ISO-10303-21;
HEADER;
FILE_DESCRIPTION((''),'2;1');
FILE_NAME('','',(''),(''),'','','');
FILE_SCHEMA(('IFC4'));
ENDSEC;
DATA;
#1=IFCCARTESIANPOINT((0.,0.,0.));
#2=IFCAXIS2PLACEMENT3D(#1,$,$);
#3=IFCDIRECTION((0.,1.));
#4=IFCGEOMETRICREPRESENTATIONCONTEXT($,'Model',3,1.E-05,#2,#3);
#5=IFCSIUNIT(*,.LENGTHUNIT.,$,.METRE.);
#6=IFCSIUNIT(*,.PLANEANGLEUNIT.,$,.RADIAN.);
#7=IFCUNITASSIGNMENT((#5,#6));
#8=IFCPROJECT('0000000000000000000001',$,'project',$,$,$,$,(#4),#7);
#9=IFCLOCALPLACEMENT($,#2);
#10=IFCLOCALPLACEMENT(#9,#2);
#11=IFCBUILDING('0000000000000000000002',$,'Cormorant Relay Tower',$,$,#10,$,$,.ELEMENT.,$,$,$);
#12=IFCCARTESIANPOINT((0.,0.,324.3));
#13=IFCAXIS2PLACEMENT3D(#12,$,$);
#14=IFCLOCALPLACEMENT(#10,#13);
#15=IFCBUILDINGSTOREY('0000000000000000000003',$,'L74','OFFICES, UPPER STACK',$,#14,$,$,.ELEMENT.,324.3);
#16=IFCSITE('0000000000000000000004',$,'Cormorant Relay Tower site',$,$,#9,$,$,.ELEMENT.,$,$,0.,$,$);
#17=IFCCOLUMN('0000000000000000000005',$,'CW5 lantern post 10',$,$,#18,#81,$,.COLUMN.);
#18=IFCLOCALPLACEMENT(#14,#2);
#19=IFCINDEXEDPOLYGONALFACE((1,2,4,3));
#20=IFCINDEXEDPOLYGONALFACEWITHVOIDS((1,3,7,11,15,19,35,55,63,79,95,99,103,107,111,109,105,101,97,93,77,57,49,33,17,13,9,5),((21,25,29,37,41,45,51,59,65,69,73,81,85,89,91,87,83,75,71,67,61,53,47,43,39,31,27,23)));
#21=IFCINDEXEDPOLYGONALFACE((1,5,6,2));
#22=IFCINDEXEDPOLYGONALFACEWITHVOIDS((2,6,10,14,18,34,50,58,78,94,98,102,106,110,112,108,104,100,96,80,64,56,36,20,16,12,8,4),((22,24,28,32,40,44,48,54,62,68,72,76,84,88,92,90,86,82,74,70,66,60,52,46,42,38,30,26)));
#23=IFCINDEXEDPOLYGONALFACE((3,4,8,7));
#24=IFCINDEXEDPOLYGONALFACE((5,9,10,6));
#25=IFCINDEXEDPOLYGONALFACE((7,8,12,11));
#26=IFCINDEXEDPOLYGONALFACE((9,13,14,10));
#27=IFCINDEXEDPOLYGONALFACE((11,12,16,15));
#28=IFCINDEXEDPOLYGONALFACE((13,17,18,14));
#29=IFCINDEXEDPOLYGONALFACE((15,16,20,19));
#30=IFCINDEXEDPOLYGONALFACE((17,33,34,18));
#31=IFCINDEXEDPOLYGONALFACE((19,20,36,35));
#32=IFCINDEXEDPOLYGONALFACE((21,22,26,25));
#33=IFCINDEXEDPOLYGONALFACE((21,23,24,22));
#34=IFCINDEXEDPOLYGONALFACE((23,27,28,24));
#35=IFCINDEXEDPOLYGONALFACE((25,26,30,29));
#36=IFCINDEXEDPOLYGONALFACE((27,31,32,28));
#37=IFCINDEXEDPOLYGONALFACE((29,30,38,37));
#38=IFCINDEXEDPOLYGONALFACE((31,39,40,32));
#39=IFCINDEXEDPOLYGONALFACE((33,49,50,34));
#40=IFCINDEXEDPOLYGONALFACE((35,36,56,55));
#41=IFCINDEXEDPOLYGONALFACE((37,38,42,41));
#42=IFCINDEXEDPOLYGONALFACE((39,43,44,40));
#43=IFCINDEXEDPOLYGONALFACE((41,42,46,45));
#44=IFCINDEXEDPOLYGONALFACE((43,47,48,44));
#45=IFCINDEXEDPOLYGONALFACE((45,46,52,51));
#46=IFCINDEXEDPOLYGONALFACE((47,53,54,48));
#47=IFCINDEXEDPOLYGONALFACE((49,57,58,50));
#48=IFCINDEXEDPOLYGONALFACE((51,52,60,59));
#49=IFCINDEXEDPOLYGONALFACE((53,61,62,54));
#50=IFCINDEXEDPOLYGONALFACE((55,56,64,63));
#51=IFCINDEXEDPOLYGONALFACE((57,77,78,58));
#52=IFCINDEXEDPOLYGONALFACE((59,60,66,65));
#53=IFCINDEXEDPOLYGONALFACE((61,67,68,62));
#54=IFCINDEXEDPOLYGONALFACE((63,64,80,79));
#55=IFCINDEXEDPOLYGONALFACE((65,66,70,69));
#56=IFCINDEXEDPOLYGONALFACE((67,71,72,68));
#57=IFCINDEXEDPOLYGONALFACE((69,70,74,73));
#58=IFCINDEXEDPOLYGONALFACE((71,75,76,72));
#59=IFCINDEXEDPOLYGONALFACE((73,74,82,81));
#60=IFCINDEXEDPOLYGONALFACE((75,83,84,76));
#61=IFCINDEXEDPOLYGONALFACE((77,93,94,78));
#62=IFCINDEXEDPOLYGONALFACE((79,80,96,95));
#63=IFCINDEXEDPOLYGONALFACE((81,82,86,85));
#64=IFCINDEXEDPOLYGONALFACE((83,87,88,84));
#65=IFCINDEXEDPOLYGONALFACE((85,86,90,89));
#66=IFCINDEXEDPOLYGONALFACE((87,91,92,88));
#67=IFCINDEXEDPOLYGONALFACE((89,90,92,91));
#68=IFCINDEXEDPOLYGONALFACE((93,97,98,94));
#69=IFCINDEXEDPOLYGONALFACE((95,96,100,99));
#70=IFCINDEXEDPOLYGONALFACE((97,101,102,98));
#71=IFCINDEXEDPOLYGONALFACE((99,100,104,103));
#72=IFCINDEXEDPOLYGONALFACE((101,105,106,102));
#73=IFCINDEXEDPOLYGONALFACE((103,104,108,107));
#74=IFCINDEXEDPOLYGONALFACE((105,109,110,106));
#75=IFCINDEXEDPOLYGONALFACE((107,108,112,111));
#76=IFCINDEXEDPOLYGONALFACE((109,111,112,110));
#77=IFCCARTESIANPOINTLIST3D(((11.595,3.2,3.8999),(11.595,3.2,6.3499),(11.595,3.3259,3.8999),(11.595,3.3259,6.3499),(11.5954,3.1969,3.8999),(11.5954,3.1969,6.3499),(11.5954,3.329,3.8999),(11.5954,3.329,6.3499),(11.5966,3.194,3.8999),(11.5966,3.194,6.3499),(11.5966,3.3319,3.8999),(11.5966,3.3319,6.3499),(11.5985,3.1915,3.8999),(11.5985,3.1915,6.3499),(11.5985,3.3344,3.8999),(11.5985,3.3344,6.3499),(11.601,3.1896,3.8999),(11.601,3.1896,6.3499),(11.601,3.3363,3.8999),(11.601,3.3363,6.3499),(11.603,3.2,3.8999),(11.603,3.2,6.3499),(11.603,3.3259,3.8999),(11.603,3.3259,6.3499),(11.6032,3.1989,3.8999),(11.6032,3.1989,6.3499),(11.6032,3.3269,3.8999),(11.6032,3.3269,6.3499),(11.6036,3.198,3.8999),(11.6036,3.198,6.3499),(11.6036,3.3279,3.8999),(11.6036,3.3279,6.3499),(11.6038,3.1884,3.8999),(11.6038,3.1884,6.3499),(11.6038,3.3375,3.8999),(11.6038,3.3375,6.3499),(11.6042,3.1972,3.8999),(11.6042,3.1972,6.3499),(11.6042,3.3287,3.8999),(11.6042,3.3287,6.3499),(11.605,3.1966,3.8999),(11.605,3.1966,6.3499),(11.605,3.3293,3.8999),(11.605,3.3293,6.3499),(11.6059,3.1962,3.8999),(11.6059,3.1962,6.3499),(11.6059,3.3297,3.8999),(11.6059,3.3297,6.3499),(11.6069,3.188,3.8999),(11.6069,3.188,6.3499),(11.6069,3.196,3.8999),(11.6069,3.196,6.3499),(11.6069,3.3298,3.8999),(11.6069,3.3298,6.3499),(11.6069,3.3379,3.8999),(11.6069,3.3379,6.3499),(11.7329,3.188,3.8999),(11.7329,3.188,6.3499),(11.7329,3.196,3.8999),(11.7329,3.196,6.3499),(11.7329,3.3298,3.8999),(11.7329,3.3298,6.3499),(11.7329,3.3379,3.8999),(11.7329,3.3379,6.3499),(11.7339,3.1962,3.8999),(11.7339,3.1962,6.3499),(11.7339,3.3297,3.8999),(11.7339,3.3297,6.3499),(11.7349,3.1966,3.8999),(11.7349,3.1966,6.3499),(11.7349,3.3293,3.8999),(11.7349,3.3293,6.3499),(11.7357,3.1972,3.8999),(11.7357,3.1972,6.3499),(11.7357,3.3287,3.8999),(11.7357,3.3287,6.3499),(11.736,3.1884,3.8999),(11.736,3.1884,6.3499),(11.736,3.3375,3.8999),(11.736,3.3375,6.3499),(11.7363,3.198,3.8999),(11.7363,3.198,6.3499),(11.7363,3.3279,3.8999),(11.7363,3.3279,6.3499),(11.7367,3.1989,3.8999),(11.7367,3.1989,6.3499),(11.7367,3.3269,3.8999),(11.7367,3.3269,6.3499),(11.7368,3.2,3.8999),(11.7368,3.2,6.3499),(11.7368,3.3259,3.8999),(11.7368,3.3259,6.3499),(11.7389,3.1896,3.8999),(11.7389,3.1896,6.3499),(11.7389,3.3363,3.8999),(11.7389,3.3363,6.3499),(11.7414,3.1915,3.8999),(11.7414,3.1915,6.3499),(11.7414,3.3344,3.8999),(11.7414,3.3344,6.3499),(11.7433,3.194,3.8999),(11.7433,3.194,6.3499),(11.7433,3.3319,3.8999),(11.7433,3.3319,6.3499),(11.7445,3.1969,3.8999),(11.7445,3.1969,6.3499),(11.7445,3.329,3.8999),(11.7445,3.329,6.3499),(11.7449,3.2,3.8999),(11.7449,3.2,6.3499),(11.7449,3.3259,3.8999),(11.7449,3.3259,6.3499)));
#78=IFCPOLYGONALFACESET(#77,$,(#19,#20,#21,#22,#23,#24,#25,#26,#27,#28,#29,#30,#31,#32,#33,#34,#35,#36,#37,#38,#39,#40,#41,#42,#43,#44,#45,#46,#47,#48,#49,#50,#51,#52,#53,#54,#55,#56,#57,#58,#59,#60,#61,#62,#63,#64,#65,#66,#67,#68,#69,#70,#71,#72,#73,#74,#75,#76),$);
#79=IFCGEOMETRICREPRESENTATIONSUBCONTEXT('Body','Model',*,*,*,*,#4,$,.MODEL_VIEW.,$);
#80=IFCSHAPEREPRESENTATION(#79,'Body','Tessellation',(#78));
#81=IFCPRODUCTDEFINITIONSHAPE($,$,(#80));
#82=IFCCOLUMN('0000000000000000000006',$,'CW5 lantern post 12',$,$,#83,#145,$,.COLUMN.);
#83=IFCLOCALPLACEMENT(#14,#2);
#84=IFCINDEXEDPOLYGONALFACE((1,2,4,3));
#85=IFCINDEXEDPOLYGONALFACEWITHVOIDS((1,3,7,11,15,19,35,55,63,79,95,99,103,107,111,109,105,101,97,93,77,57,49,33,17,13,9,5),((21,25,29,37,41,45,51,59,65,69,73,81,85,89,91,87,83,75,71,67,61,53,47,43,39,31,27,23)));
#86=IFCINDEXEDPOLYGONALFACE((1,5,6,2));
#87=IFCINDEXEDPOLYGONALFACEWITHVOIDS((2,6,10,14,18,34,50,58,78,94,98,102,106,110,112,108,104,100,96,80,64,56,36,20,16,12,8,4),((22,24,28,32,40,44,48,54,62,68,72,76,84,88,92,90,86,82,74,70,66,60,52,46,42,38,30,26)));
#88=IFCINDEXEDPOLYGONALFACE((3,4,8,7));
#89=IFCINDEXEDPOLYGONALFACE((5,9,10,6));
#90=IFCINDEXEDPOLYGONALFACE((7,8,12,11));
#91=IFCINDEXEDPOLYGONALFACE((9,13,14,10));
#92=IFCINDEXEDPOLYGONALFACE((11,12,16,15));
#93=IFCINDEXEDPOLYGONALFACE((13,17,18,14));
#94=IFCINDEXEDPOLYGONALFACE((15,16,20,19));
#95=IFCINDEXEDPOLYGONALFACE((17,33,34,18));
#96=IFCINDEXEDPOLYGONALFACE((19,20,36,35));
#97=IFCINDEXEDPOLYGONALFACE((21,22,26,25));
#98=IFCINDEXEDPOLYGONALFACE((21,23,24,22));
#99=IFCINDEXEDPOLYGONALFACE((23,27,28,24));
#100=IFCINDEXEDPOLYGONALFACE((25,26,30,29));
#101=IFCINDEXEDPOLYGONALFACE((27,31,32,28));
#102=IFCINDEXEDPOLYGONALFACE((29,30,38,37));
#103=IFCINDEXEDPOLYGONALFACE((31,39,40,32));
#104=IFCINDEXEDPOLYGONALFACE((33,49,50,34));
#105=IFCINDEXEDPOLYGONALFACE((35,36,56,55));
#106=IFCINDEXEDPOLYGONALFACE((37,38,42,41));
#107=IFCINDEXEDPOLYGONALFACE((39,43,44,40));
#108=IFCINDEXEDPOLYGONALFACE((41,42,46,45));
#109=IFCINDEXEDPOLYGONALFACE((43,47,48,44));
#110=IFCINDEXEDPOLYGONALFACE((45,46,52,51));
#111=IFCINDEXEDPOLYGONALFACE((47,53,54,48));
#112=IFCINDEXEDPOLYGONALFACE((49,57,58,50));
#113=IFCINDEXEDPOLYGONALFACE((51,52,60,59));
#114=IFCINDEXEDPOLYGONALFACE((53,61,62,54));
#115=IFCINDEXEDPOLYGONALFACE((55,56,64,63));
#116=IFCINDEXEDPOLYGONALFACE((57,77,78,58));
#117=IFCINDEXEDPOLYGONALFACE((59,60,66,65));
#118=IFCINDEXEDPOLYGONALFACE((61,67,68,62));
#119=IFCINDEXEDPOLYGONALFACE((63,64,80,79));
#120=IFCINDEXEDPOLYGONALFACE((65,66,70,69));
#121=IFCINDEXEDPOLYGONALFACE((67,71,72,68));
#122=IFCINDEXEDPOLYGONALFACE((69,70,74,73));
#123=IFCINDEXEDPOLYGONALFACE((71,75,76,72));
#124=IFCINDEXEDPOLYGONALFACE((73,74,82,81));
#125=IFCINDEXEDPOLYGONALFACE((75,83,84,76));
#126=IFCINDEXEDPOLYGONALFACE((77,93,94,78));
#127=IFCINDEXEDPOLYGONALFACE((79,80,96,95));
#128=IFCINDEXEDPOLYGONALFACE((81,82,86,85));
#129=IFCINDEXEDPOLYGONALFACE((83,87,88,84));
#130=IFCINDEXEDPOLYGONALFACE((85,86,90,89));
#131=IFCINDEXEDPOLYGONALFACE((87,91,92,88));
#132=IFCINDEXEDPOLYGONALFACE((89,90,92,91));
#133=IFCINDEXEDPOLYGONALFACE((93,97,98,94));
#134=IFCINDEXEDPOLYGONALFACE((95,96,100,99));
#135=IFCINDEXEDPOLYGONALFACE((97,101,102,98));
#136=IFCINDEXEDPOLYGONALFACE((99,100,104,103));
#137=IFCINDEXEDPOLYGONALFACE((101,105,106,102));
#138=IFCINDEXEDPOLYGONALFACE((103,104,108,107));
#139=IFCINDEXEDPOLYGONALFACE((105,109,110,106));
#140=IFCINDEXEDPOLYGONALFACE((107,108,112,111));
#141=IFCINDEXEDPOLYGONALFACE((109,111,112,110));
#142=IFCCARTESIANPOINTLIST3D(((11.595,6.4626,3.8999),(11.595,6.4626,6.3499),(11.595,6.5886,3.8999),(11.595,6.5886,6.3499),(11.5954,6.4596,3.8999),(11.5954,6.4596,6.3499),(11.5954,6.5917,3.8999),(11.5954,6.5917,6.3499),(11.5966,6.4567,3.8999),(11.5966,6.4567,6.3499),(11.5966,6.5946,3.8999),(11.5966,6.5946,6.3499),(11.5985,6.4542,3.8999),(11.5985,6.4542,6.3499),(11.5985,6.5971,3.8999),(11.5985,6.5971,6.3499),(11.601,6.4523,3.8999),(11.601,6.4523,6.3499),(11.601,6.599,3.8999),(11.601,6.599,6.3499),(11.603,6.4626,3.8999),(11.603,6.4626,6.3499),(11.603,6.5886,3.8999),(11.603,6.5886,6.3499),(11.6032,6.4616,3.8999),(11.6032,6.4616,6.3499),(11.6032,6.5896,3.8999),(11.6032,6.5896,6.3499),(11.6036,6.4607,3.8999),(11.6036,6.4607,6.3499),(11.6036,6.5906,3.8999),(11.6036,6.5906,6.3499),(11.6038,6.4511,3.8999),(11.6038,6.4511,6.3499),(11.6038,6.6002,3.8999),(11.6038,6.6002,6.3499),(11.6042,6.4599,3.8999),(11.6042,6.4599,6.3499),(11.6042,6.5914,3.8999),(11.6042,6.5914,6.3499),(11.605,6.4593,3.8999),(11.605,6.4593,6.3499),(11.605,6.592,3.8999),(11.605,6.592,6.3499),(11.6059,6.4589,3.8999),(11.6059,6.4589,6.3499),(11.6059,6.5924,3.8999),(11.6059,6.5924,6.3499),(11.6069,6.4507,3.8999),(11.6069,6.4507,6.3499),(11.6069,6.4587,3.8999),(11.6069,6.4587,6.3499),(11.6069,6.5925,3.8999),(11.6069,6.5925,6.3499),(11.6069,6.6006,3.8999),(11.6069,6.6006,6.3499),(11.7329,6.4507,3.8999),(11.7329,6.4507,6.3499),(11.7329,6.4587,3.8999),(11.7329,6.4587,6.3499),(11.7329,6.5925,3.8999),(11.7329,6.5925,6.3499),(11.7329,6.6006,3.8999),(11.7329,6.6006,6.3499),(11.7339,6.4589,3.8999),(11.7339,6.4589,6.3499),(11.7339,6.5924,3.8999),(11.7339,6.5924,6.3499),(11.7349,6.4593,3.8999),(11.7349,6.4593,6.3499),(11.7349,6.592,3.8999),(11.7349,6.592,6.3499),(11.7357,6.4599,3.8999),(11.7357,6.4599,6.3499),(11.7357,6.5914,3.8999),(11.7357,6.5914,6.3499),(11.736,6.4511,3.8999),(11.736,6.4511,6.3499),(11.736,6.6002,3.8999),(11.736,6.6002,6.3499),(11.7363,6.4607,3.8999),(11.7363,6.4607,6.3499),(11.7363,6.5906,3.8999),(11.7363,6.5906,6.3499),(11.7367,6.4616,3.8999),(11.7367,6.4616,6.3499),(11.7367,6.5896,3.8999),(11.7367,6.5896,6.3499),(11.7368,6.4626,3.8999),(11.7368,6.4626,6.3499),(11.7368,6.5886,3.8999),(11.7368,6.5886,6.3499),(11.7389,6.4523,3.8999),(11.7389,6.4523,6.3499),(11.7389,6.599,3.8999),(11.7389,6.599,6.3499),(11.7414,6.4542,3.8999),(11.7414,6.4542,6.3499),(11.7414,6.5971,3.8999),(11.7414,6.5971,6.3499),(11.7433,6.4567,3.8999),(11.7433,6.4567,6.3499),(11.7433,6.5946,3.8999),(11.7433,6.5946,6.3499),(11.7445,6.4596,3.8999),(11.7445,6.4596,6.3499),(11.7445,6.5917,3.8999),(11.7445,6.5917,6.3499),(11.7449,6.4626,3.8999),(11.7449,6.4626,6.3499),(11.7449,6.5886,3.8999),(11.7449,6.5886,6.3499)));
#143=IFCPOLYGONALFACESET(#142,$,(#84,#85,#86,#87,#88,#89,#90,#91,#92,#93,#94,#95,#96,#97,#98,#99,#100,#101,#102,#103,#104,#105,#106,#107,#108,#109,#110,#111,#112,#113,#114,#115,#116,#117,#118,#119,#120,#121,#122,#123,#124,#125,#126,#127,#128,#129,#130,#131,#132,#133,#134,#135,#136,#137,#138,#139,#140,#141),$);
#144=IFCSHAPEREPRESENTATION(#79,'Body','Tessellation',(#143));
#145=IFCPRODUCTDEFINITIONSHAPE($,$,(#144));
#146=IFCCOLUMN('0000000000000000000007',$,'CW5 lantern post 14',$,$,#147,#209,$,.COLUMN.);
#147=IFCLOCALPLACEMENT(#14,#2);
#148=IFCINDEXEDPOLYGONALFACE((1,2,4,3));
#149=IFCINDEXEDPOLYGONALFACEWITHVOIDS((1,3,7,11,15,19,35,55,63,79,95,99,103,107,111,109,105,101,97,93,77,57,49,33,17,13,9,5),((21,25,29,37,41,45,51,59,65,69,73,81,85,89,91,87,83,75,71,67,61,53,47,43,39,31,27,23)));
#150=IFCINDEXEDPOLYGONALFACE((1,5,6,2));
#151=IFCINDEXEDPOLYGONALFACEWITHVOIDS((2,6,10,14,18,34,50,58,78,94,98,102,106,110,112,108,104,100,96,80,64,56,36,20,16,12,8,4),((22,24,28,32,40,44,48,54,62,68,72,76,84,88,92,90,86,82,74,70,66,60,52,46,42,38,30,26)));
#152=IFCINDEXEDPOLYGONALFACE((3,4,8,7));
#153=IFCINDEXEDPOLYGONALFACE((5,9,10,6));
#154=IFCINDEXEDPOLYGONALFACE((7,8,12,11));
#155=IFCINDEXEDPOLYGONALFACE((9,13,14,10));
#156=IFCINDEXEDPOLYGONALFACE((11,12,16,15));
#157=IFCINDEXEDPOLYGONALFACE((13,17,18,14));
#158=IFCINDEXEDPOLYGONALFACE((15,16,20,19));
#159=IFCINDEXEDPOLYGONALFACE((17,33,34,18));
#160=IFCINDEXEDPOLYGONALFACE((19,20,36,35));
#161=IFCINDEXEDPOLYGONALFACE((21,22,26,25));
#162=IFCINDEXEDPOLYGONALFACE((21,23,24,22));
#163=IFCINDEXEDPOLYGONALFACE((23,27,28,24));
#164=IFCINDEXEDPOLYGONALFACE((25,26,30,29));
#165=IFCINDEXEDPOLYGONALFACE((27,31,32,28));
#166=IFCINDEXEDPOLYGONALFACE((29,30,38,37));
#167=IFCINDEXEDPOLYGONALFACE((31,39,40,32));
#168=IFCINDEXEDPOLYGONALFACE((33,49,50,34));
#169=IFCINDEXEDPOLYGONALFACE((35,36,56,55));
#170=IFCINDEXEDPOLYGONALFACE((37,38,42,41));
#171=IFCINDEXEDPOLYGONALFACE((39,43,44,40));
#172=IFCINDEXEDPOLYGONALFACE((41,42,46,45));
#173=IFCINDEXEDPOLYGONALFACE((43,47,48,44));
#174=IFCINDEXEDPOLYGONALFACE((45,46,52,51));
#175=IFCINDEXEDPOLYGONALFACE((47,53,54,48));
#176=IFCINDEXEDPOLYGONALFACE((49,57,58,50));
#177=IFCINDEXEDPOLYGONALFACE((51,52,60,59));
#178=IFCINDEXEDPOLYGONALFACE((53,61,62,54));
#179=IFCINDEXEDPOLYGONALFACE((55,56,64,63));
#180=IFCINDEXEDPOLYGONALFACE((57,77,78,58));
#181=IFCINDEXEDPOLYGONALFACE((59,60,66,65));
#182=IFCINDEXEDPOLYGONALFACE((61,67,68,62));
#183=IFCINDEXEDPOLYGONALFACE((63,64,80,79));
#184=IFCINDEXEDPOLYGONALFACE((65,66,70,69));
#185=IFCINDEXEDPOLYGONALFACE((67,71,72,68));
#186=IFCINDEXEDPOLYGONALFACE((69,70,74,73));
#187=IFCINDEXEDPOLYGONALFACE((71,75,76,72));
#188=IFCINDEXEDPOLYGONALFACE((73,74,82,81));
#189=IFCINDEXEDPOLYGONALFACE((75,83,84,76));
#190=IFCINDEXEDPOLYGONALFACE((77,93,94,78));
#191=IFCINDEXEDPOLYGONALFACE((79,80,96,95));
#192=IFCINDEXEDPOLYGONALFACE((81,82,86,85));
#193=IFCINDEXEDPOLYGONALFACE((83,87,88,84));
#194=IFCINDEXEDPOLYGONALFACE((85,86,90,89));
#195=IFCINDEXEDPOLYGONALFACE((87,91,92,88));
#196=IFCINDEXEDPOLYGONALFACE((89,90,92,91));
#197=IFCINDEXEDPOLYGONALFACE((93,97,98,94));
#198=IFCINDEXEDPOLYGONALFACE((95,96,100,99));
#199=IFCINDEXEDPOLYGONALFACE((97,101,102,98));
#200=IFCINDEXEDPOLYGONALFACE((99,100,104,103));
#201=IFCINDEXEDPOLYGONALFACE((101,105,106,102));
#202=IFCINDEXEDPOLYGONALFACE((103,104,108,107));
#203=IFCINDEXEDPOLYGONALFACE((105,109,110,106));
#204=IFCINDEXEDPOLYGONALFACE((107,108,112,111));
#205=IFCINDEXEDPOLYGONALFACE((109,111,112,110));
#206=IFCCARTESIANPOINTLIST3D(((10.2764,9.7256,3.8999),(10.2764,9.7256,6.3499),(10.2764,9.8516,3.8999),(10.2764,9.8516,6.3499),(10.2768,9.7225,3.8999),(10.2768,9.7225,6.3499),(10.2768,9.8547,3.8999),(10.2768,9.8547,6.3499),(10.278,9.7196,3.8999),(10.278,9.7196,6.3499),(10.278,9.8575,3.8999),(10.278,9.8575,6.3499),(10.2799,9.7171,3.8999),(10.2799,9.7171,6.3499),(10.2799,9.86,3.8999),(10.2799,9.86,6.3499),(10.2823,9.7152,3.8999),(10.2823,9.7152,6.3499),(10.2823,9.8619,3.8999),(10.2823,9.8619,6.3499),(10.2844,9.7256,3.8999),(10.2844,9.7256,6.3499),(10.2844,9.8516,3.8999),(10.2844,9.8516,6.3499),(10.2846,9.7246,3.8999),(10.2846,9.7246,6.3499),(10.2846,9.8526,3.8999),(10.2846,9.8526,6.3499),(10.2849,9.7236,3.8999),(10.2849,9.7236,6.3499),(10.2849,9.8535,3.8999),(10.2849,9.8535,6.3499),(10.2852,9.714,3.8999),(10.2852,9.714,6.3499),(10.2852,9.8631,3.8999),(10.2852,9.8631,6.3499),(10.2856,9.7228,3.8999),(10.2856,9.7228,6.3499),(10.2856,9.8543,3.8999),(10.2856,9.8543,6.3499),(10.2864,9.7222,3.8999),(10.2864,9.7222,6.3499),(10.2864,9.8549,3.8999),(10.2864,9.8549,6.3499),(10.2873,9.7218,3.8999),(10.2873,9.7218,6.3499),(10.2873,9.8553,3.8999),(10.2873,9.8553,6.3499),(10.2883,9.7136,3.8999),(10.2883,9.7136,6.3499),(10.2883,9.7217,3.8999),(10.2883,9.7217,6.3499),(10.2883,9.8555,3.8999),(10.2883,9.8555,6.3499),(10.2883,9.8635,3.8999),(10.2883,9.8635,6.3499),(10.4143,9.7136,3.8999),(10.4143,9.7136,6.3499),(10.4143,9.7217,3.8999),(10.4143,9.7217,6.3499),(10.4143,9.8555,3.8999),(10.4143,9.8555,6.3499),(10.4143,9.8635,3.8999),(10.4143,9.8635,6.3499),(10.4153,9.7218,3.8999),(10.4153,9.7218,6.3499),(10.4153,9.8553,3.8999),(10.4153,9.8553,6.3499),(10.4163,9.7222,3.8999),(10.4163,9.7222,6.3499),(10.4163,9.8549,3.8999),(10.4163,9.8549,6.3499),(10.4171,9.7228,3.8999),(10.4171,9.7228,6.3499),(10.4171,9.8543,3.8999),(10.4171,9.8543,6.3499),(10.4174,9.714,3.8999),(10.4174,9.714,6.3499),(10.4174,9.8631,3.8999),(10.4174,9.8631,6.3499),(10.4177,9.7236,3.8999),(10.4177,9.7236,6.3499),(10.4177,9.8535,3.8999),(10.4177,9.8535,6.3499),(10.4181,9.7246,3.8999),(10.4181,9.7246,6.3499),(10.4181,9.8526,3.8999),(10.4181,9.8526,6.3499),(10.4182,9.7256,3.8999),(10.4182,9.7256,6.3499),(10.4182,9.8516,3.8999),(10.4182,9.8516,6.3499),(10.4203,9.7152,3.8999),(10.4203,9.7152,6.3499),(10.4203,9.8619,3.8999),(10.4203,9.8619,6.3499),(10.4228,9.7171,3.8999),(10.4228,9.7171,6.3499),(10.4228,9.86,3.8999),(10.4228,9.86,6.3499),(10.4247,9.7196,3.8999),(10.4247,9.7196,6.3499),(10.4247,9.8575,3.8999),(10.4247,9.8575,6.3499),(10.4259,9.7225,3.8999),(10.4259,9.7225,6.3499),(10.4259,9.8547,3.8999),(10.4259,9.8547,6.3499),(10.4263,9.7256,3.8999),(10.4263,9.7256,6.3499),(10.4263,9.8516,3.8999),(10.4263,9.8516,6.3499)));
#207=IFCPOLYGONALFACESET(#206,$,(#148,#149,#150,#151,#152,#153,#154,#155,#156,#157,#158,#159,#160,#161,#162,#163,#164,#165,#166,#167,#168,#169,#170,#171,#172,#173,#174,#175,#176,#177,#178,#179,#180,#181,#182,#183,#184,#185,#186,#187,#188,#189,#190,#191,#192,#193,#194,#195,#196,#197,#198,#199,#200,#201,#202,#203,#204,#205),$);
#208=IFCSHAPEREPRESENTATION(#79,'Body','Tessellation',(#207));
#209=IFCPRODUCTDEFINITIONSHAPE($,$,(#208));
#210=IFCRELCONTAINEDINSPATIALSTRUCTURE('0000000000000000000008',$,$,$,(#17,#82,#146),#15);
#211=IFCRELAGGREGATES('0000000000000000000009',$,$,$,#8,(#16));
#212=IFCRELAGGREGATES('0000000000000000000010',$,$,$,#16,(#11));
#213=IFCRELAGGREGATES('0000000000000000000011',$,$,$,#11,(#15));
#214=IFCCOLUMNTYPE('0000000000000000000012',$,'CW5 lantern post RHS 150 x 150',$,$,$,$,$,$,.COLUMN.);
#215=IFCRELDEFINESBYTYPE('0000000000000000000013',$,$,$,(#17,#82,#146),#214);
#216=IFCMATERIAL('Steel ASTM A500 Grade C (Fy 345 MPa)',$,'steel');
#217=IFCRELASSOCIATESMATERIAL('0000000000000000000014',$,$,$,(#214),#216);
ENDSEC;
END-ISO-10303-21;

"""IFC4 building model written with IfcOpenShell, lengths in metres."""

from ifc_helpers import new_model, si_unit, direction, frame, origin, origin_2d, place, context, subcontext, project, spatial, hollow_rectangle, extrude, material, material_profile, profile_set, type_object, element, save


model = new_model("IFC4")

# Units and contexts
model_context = context("Model", 3, precision=1e-05, world=origin(), true_north=direction((0.0, 1.0)))
body_context = subcontext(model_context, "Body", "Model", "MODEL_VIEW")
ifc_project = project(units=[si_unit("LENGTHUNIT", "METRE"), si_unit("PLANEANGLEUNIT", "RADIAN")], contexts=[model_context])

# Site, building, storey
site_placement = place(None, origin())
site = spatial("IfcSite", under=ifc_project, at=site_placement, Name="Cormorant Relay Tower site", CompositionType="ELEMENT", RefElevation=0.0)
building_placement = place(site_placement, origin())
building = spatial("IfcBuilding", under=site, at=building_placement, Name="Cormorant Relay Tower", CompositionType="ELEMENT")
storey_placement = place(building_placement, frame((0.0, 0.0, 324.3)))
storey = spatial("IfcBuildingStorey", under=building, at=storey_placement, Name="L74", Description="OFFICES, UPPER STACK", CompositionType="ELEMENT", Elevation=324.3)

# Columns
ifc_material_1 = material(Name="Steel ASTM A500 Grade C (Fy 345 MPa)", Category="steel")
ifc_material_profile_1 = material_profile(ifc_material_1, hollow_rectangle(XDim=0.1499, YDim=0.1499, WallThickness=0.0081, InnerFilletRadius=0.0039, OuterFilletRadius=0.012, at=origin_2d()), Name="RHS150x150x8")
ifc_profile_set_1 = profile_set([ifc_material_profile_1], Name="Steel ASTM A500 Grade C (Fy 345 MPa)")
column_type_1 = type_object("IfcColumnType", Name="CW5 lantern post RHS 150 x 150", PredefinedType="COLUMN", material=ifc_profile_set_1)
for number, where, z_axis, x_axis, name in (
    (1, (11.6699, 3.2629, 3.8999), (0.0, 0.0, 1.0), (1.0, 0.0, 0.0), "CW5 lantern post 10"),
    (2, (11.6699, 6.5256, 3.8999), (0.0, 0.0, 1.0), (1.0, 0.0, 0.0), "CW5 lantern post 12"),
    (3, (10.3513, 9.7886, 3.8999), (0.0, 0.0, 1.0), (1.0, 0.0, 0.0), "CW5 lantern post 14"),
):
    element("IfcColumn", number, at=place(storey_placement, frame(where, z_axis=z_axis, x_axis=x_axis)), inside=storey, type_object=column_type_1, Name=name, PredefinedType="COLUMN", context=body_context, shape_type="SweptSolid", body=[
        extrude(hollow_rectangle(XDim=0.1499, YDim=0.1499, WallThickness=0.0081, InnerFilletRadius=0.0039, OuterFilletRadius=0.012, at=origin_2d()), origin(), (0.0, 0.0, 1.0), 2.45),
    ])

save(model, "model.ifc")
